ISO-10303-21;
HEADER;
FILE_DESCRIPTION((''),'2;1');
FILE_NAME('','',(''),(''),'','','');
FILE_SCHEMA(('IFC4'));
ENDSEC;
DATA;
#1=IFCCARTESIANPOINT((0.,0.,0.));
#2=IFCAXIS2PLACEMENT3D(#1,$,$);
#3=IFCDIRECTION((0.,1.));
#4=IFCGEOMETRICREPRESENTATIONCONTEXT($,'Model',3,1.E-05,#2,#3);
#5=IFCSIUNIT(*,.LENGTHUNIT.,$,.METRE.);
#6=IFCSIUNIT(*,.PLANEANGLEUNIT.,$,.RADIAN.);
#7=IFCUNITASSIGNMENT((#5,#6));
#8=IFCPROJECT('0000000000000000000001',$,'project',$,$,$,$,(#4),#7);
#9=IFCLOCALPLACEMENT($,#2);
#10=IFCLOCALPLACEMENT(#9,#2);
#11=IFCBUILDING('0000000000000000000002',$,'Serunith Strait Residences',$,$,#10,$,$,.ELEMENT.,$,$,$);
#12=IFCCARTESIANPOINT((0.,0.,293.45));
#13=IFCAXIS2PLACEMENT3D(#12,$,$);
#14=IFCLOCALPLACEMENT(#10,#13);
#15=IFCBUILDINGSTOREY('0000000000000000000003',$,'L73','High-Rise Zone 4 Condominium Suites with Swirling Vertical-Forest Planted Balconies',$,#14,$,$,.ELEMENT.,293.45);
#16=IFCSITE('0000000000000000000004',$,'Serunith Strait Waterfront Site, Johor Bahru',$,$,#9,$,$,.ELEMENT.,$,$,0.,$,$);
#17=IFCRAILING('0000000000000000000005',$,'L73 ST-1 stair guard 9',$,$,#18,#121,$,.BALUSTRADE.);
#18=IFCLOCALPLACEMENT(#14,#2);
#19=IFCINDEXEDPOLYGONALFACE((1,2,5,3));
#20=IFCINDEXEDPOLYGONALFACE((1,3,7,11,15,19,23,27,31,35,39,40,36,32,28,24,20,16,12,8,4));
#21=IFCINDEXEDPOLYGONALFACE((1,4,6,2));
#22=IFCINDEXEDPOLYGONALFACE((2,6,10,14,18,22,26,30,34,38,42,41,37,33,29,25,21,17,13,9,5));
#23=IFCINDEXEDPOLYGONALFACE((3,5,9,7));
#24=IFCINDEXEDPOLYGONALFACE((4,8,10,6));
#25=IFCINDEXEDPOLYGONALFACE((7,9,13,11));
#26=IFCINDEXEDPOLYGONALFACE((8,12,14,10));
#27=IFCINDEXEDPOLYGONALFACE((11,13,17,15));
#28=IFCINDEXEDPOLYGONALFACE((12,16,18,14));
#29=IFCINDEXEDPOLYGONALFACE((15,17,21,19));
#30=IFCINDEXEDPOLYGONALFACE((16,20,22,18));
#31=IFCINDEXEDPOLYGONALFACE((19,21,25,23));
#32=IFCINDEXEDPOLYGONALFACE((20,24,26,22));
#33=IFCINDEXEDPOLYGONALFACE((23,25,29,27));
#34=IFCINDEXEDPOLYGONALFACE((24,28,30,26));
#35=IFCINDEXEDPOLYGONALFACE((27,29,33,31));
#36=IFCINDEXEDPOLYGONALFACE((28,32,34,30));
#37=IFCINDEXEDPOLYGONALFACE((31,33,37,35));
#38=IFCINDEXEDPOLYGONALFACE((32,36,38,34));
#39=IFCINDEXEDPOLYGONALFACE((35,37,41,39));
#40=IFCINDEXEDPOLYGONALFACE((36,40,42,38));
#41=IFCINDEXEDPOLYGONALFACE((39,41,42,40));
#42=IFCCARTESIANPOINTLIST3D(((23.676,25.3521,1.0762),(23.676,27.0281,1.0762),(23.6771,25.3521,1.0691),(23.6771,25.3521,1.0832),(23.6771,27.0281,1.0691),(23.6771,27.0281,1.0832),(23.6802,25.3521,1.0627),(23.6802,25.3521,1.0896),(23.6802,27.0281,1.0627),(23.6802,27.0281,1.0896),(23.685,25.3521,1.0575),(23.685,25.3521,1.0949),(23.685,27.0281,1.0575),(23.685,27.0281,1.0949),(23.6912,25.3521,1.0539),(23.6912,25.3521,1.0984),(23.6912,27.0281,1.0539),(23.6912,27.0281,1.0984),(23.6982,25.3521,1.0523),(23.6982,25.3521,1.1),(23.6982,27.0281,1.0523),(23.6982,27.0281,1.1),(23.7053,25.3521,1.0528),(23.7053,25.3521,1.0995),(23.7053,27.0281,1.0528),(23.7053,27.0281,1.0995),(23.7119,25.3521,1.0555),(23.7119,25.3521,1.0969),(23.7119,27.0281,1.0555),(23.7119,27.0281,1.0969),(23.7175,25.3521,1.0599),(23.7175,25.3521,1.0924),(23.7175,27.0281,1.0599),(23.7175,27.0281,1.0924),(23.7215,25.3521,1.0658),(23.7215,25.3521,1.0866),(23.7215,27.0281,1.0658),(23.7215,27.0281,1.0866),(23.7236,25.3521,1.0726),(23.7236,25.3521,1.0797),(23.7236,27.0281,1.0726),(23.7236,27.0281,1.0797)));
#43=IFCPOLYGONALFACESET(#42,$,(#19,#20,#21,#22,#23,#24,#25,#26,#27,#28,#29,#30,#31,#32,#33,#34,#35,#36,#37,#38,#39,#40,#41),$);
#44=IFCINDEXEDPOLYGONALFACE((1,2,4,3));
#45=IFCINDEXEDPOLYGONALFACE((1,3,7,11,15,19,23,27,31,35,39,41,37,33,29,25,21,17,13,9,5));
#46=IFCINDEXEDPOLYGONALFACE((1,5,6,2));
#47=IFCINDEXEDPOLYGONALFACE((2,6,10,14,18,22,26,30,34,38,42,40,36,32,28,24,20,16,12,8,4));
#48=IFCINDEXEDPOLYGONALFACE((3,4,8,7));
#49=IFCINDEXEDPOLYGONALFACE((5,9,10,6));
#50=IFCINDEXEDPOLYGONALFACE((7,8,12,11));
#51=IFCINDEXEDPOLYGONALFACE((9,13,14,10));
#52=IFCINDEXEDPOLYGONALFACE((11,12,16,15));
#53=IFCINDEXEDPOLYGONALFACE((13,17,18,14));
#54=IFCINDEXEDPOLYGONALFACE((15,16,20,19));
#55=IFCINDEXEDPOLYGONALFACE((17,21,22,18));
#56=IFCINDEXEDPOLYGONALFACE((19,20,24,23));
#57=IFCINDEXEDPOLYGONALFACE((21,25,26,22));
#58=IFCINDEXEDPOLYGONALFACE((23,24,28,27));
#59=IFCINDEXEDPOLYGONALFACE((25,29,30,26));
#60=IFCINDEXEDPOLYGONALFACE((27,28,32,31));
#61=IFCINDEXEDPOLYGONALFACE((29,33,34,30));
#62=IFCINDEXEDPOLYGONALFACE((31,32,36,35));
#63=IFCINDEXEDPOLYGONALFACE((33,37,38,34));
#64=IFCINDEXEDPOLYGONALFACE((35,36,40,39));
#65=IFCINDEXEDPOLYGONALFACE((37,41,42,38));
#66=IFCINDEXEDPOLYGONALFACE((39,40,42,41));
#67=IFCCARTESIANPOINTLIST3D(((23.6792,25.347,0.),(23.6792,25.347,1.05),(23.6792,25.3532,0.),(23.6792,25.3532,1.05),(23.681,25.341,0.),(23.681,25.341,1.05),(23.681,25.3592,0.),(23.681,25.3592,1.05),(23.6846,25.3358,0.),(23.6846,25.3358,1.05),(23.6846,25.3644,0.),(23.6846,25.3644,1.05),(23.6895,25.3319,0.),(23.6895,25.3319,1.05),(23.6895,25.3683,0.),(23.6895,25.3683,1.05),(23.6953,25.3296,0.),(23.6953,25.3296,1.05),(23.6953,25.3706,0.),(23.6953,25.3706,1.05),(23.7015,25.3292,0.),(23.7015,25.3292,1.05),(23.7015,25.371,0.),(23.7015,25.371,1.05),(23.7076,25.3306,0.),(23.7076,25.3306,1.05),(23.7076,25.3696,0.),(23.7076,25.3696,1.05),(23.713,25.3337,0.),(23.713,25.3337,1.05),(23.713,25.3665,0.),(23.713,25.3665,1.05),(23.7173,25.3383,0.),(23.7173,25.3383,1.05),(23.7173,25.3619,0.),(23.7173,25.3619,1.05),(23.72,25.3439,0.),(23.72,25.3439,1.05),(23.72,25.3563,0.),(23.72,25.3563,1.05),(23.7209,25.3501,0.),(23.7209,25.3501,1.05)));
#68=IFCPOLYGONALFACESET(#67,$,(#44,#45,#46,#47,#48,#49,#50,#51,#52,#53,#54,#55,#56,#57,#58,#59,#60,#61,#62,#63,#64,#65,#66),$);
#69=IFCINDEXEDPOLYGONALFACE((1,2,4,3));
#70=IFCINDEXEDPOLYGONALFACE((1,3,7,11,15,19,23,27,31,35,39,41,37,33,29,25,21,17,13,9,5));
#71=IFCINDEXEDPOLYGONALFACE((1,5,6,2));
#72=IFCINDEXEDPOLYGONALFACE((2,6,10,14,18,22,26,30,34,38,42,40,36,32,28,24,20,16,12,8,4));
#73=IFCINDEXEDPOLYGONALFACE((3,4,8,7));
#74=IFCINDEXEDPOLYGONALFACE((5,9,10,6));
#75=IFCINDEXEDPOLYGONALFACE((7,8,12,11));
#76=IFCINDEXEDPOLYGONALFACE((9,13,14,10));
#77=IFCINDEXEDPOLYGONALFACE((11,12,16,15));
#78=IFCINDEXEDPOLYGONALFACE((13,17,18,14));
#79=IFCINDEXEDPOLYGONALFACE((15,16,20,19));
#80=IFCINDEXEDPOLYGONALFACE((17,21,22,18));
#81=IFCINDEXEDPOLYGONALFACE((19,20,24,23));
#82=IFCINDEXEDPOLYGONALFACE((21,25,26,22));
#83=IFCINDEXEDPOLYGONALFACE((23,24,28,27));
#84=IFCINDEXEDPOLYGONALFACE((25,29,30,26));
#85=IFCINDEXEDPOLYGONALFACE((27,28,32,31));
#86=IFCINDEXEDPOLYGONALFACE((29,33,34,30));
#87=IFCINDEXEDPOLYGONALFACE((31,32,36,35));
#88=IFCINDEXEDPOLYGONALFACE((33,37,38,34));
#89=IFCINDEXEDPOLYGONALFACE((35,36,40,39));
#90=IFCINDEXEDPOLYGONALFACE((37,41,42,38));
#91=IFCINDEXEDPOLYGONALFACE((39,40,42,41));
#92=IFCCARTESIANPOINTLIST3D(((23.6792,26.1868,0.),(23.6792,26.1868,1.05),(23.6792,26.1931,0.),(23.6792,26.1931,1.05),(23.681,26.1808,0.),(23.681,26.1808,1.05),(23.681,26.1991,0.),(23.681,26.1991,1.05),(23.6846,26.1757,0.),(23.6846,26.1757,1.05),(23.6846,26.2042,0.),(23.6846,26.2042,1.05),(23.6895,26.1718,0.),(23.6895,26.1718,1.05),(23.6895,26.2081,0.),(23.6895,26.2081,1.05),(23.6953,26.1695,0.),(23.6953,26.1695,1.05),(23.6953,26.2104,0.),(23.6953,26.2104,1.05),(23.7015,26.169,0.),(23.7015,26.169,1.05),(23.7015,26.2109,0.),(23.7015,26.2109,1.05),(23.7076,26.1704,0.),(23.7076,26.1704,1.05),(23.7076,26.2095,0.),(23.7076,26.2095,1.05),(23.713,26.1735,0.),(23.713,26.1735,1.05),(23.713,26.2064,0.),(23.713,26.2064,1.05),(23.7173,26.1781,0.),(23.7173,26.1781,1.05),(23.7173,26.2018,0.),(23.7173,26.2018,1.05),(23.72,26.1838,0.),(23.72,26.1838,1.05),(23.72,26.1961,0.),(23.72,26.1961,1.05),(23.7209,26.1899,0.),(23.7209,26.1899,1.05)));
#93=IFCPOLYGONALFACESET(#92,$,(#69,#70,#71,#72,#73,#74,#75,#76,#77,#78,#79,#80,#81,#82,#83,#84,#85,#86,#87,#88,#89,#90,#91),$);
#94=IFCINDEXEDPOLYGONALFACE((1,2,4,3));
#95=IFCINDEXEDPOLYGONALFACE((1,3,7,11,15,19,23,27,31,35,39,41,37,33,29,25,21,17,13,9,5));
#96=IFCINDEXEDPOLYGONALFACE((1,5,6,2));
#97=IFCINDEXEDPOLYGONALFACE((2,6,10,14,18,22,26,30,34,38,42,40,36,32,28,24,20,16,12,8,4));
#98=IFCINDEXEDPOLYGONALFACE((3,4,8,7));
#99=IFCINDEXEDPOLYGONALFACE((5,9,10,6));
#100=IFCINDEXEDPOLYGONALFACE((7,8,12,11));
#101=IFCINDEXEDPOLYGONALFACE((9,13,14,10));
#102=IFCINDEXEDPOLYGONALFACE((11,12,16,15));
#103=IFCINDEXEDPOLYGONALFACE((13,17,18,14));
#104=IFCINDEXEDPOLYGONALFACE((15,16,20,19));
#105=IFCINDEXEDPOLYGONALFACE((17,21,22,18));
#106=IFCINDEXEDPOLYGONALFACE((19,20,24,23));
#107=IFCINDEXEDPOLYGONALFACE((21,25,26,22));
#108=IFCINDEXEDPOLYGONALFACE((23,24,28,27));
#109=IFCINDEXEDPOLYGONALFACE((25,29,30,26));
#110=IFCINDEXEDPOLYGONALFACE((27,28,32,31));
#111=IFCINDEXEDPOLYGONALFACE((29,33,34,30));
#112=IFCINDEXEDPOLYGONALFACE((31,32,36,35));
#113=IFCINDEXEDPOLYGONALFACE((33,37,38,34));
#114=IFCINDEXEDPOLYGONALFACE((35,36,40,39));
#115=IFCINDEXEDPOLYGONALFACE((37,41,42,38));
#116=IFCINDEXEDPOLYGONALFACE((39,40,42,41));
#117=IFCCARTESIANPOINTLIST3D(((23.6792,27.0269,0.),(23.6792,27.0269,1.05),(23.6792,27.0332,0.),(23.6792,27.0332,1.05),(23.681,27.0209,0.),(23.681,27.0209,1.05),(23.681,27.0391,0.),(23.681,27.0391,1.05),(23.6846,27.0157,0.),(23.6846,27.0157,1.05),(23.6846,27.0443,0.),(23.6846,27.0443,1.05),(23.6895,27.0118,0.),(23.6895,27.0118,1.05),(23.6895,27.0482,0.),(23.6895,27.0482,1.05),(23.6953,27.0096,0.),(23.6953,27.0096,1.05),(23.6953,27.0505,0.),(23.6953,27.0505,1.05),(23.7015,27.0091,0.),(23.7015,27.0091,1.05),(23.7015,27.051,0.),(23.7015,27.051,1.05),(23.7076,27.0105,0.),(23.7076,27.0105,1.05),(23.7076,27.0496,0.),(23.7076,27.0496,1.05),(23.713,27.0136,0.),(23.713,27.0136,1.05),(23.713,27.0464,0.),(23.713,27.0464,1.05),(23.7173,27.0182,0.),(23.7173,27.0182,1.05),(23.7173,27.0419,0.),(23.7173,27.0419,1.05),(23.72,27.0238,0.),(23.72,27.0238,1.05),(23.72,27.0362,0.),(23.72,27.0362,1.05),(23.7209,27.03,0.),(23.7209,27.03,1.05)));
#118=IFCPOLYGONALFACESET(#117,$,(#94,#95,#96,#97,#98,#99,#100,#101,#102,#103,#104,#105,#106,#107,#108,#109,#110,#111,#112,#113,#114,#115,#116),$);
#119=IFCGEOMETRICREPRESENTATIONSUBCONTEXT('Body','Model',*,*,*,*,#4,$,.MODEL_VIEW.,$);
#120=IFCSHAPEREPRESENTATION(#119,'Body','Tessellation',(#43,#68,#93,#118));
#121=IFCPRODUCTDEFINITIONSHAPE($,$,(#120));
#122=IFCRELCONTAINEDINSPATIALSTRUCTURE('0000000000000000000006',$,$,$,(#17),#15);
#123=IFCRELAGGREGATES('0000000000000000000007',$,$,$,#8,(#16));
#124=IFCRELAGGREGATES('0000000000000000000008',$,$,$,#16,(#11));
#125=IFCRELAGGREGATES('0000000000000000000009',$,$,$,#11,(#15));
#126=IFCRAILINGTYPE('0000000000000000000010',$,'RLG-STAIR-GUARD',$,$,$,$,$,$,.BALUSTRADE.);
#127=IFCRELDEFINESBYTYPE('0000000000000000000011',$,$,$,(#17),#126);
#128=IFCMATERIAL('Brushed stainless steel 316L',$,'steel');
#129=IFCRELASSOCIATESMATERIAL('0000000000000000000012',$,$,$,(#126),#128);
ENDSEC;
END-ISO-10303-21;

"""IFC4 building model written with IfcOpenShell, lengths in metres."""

from ifc_helpers import new_model, si_unit, direction, frame, origin, origin_2d, place, context, subcontext, project, spatial, circle, extrude, material, type_object, element, save


model = new_model("IFC4")

# Units and contexts
model_context = context("Model", 3, precision=1e-05, world=origin(), true_north=direction((0.0, 1.0)))
body_context = subcontext(model_context, "Body", "Model", "MODEL_VIEW")
ifc_project = project(units=[si_unit("LENGTHUNIT", "METRE"), si_unit("PLANEANGLEUNIT", "RADIAN")], contexts=[model_context])

# Site, building, storey
site_placement = place(None, origin())
site = spatial("IfcSite", under=ifc_project, at=site_placement, Name="Serunith Strait Waterfront Site, Johor Bahru", CompositionType="ELEMENT", RefElevation=0.0)
building_placement = place(site_placement, origin())
building = spatial("IfcBuilding", under=site, at=building_placement, Name="Serunith Strait Residences", CompositionType="ELEMENT")
storey_placement = place(building_placement, frame((0.0, 0.0, 293.45)))
storey = spatial("IfcBuildingStorey", under=building, at=storey_placement, Name="L73", Description="High-Rise Zone 4 Condominium Suites with Swirling Vertical-Forest Planted Balconies", CompositionType="ELEMENT", Elevation=293.45)

# Railing
ifc_material_1 = material(Name="Brushed stainless steel 316L", Category="steel")
railing_type_1 = type_object("IfcRailingType", Name="RLG-STAIR-GUARD", PredefinedType="BALUSTRADE", material=ifc_material_1)
for number, where, name in (
    (1, (23.7, 25.3501, 0.0), "L73 ST-1 stair guard 9"),
):
    element("IfcRailing", number, at=place(storey_placement, frame(where)), inside=storey, type_object=railing_type_1, Name=name, PredefinedType="BALUSTRADE", context=body_context, shape_type="SweptSolid", body=[
        extrude(circle(Radius=0.0239, at=origin_2d()), frame((0.0, 0.002, 1.0762), z_axis=(0.0, 1.0, 0.0), x_axis=(-1.0, 0.0, 0.0)), (0.0, 0.0, 1.0), 1.676),
        extrude(circle(Radius=0.021, at=origin_2d()), origin(), (0.0, 0.0, 1.0), 1.05),
        extrude(circle(Radius=0.021, at=origin_2d()), frame((0.0, 0.8398, 0.0)), (0.0, 0.0, 1.0), 1.05),
        extrude(circle(Radius=0.021, at=origin_2d()), frame((0.0, 1.6799, 0.0)), (0.0, 0.0, 1.0), 1.05),
    ])

save(model, "model.ifc")
